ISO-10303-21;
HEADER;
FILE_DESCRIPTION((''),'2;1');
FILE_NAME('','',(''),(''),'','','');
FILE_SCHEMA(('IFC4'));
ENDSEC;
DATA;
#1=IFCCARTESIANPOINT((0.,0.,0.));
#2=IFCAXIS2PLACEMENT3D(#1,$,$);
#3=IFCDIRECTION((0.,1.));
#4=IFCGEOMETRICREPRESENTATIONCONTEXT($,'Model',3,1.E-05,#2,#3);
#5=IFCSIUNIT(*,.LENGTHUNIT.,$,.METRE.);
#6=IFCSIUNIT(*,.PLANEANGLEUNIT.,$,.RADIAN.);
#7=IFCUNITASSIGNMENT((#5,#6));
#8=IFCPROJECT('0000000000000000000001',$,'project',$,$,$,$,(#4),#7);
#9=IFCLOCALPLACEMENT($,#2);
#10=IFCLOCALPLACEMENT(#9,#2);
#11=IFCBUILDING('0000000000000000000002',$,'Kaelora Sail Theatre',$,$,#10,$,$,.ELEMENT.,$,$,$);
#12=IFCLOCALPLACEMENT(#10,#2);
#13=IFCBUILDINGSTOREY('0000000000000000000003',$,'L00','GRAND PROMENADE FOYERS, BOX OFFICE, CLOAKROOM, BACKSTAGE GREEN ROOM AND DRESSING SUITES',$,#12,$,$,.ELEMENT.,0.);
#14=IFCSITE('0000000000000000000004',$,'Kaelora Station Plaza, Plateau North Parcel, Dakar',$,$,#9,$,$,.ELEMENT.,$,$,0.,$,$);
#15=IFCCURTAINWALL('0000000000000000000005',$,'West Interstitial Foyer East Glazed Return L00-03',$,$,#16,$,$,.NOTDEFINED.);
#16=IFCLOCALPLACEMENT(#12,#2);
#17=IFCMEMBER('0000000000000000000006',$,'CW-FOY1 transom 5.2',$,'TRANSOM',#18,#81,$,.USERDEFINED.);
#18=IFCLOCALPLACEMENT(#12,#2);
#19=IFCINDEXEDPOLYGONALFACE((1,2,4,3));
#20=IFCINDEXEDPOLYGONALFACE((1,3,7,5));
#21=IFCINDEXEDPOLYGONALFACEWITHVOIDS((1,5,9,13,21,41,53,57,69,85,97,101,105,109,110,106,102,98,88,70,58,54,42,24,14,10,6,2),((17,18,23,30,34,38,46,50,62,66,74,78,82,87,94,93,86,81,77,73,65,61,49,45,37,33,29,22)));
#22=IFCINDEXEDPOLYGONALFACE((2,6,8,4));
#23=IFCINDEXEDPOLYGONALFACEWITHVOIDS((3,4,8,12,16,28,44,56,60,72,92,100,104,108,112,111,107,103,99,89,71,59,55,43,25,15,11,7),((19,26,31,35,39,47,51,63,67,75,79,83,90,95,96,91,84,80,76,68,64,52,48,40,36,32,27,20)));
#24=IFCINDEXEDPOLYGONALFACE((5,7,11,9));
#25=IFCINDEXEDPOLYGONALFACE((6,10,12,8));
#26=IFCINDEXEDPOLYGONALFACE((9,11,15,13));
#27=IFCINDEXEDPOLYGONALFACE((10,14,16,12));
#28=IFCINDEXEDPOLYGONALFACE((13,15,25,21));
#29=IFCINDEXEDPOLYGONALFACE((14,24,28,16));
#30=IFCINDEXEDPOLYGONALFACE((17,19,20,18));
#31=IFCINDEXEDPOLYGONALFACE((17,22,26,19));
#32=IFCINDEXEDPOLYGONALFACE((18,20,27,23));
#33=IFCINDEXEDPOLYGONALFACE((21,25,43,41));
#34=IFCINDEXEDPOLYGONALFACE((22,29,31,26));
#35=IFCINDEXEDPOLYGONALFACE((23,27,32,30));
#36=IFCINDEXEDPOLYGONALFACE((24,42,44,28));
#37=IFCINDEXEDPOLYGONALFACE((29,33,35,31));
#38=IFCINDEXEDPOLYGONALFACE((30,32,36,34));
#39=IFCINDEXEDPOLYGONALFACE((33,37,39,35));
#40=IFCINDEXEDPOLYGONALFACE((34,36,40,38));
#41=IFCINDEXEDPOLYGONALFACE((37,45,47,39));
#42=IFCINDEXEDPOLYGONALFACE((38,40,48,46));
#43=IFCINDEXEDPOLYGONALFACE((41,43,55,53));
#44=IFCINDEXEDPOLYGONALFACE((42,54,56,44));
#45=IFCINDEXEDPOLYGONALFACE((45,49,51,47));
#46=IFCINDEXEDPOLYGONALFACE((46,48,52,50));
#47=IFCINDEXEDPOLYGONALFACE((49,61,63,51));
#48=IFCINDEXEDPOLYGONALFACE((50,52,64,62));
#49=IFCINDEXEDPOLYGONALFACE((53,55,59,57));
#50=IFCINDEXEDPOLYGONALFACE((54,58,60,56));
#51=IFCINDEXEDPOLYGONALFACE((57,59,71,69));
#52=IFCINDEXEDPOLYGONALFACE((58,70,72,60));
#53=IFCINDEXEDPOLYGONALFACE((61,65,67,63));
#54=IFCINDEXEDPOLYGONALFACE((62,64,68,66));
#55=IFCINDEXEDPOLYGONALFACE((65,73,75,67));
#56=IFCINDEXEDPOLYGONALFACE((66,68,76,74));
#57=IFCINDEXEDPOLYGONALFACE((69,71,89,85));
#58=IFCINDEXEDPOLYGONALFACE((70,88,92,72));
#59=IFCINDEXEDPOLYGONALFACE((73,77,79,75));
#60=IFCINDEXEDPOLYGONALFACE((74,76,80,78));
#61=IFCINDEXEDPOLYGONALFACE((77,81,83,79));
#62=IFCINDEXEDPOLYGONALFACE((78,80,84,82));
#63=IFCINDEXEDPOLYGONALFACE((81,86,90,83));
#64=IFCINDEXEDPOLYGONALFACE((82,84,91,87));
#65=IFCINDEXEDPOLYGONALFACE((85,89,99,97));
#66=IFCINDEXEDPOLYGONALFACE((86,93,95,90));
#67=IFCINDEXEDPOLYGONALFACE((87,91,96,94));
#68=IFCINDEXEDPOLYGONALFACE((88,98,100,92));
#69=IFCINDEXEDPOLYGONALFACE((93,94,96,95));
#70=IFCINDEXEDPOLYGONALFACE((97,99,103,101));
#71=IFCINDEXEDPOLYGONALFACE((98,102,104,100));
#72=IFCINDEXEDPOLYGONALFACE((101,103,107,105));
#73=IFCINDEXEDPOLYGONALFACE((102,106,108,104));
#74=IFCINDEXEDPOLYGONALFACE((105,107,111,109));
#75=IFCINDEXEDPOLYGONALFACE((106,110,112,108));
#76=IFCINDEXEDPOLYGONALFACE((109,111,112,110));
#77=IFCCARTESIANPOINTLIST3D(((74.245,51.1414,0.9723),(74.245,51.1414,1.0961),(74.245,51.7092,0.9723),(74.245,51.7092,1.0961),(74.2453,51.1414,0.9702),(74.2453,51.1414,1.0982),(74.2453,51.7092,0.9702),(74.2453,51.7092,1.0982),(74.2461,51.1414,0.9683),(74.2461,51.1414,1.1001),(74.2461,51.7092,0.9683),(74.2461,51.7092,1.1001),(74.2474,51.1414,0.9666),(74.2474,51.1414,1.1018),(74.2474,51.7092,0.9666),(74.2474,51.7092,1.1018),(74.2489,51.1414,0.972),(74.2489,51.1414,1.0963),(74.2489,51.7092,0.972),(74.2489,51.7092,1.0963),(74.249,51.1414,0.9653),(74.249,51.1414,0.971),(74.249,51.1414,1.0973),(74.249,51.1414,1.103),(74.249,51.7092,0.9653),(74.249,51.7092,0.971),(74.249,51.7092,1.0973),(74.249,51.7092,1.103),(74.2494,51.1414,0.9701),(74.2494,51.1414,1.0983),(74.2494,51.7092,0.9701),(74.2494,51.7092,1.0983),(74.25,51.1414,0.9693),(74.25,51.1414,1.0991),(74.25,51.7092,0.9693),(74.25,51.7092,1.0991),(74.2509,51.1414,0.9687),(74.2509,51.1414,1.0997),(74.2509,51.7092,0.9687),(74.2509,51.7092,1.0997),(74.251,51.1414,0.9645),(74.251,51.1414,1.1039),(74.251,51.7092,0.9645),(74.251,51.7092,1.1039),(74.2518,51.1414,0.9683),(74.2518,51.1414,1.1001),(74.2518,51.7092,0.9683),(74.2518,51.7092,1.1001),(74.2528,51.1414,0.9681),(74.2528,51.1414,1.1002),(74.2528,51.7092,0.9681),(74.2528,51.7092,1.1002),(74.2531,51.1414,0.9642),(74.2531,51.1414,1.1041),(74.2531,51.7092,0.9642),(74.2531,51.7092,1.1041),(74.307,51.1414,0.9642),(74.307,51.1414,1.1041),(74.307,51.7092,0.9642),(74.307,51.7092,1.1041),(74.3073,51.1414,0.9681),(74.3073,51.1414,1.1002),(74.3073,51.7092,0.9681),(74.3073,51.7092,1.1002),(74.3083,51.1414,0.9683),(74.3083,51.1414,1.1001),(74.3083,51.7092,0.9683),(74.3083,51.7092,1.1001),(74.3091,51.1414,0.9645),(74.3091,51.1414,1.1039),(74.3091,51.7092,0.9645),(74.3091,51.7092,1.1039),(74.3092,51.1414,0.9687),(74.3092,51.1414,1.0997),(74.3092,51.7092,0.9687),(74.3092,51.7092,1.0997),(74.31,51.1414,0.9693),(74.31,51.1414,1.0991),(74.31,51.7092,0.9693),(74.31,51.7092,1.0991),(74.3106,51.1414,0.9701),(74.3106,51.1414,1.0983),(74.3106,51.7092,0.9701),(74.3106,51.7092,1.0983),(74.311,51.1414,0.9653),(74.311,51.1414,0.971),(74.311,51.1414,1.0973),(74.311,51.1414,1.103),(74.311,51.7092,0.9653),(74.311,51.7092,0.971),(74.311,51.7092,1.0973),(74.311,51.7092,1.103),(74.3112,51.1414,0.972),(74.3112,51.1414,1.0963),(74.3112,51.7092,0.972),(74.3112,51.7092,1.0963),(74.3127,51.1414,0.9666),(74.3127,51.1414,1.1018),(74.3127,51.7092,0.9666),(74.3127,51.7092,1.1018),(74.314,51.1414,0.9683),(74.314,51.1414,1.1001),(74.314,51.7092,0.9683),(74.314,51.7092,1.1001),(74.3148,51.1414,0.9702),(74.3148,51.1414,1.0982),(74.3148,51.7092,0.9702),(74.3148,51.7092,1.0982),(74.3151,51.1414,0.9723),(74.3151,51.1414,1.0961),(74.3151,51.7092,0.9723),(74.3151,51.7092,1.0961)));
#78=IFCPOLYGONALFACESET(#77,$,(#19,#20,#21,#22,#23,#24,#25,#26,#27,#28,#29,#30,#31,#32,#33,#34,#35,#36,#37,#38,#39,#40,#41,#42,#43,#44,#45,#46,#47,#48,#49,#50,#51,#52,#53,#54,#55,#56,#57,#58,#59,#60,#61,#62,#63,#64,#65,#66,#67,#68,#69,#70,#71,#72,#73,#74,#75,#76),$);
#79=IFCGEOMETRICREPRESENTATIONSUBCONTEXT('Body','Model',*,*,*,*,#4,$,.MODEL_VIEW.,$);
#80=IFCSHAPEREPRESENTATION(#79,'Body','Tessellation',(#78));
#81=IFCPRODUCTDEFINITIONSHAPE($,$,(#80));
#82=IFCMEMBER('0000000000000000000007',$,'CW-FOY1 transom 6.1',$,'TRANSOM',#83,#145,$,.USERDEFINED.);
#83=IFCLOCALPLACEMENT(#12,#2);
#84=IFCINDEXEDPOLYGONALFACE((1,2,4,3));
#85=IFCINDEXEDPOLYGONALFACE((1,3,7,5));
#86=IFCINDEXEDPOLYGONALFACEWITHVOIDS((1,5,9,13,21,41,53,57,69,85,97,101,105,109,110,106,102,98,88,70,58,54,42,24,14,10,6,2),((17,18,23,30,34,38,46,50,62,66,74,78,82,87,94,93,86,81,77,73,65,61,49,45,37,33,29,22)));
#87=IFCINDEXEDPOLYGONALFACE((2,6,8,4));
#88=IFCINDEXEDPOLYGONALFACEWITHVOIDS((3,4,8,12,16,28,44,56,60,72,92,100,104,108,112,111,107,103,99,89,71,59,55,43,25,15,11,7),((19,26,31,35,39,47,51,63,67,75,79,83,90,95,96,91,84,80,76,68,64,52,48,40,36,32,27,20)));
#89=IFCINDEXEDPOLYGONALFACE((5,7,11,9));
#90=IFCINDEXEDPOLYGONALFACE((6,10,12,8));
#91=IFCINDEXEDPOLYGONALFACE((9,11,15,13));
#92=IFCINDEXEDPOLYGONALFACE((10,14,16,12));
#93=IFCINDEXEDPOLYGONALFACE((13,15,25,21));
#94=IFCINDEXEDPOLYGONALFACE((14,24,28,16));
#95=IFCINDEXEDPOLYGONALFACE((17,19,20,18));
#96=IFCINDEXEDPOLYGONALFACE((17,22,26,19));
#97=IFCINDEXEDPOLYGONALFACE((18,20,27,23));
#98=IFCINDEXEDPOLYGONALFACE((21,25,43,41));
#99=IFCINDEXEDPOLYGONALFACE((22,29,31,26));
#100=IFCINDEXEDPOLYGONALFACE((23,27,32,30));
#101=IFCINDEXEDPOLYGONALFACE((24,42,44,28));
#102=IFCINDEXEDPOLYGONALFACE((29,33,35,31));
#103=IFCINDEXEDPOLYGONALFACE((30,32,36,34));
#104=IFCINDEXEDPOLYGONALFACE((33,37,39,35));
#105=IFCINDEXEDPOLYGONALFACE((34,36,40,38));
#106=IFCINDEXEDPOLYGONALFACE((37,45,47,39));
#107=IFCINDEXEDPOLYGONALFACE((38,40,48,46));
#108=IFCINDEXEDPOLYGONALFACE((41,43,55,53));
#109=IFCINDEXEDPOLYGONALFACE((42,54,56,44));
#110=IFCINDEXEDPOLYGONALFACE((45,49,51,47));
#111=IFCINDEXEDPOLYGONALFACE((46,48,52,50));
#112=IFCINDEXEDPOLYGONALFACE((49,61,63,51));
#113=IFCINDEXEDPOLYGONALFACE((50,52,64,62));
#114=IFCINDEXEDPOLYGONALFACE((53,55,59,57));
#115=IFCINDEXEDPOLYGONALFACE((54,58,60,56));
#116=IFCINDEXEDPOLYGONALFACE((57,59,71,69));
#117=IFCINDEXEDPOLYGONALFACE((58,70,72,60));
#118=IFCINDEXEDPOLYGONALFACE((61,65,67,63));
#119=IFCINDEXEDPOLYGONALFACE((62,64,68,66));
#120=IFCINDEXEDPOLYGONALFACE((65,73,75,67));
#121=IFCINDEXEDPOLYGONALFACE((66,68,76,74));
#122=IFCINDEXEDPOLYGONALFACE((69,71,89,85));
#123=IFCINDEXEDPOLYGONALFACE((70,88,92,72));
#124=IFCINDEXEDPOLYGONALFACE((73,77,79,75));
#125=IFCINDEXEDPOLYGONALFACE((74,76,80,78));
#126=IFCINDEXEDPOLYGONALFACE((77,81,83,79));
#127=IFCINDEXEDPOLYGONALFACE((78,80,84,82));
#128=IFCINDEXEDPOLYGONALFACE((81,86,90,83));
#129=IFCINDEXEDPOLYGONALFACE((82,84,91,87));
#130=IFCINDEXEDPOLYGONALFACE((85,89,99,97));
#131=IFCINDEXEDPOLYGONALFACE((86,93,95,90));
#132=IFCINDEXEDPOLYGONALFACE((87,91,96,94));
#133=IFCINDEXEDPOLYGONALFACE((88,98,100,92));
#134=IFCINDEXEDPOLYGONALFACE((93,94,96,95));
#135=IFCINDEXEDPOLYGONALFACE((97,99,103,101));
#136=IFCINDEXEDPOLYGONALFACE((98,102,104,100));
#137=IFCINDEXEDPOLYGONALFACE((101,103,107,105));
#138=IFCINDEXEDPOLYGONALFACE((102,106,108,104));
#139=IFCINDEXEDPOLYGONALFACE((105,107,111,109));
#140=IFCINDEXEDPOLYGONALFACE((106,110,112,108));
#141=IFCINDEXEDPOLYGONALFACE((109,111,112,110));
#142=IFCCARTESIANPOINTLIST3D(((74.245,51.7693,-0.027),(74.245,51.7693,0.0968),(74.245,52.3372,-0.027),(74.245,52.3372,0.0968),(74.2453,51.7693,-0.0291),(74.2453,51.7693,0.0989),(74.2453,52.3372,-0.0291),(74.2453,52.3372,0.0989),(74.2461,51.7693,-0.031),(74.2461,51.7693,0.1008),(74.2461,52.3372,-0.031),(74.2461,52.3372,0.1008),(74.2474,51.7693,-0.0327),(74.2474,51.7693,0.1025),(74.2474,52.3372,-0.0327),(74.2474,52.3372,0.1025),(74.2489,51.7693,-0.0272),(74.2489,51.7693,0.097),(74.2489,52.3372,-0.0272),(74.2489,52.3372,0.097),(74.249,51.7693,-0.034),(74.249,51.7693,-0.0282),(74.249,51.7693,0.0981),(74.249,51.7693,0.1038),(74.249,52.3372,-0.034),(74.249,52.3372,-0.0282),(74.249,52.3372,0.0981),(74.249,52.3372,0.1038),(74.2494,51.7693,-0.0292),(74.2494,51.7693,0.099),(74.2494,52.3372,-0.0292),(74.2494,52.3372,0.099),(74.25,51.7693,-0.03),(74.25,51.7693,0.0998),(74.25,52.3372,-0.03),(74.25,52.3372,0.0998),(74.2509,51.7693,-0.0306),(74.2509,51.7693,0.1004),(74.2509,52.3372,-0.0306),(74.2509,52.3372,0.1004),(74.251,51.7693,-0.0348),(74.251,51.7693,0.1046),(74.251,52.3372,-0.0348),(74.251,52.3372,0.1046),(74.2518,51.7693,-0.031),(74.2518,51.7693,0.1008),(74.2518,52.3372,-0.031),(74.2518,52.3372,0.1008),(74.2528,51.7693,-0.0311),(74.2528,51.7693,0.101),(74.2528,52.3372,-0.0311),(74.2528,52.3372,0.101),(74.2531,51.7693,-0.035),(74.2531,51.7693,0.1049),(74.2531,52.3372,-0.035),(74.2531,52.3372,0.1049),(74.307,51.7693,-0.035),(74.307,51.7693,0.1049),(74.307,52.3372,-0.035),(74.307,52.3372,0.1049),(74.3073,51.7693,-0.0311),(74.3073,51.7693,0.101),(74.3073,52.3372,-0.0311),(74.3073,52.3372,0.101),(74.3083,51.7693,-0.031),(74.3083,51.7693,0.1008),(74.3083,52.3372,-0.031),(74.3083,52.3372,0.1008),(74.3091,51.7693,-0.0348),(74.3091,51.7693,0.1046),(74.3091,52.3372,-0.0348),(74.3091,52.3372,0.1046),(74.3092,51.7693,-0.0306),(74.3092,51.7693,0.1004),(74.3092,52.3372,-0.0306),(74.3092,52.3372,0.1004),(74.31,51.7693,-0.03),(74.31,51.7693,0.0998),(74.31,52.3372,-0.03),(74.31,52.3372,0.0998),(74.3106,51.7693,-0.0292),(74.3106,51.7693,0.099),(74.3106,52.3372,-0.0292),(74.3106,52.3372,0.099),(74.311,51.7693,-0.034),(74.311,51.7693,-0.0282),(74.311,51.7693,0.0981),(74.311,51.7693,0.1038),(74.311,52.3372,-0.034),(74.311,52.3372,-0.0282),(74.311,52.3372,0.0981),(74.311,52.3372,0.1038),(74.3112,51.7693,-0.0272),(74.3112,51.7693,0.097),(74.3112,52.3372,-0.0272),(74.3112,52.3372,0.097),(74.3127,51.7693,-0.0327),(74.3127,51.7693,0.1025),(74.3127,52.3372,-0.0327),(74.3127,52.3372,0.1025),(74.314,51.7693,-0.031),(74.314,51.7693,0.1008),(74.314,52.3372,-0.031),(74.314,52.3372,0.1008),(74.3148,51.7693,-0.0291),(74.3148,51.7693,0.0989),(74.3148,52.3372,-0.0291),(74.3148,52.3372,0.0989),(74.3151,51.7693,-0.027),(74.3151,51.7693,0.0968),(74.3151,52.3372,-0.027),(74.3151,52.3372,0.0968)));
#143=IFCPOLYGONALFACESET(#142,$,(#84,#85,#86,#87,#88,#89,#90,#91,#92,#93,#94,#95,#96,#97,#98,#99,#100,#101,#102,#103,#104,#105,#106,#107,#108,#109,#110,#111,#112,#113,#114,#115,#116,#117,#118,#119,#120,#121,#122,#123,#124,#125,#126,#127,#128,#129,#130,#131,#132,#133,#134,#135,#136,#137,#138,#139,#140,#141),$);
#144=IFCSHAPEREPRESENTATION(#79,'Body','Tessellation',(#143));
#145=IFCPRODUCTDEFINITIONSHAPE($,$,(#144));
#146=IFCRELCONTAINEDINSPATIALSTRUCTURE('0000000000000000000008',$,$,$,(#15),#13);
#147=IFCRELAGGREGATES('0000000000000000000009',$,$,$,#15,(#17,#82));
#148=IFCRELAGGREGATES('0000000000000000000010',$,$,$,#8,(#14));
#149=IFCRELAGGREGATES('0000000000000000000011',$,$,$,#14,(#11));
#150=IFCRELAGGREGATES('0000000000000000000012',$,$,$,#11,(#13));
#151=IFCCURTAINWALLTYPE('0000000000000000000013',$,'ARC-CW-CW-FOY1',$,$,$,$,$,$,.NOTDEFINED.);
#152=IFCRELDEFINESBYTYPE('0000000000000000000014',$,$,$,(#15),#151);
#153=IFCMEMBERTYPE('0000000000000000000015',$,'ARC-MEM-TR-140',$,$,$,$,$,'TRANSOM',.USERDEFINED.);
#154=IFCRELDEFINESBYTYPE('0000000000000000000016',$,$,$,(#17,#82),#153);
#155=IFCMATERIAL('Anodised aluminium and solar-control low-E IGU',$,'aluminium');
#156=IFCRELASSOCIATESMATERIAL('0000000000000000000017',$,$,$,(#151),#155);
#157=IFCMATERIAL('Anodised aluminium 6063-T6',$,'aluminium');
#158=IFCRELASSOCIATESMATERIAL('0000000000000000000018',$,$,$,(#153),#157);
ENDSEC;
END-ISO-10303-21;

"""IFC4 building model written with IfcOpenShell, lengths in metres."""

from ifc_helpers import new_model, si_unit, direction, frame, origin, origin_2d, place, context, subcontext, project, spatial, hollow_rectangle, extrude, material, material_profile, profile_set, type_object, element, aggregate, save


model = new_model("IFC4")

# Units and contexts
model_context = context("Model", 3, precision=1e-05, world=origin(), true_north=direction((0.0, 1.0)))
body_context = subcontext(model_context, "Body", "Model", "MODEL_VIEW")
ifc_project = project(units=[si_unit("LENGTHUNIT", "METRE"), si_unit("PLANEANGLEUNIT", "RADIAN")], contexts=[model_context])

# Site, building, storey
site_placement = place(None, origin())
site = spatial("IfcSite", under=ifc_project, at=site_placement, Name="Kaelora Station Plaza, Plateau North Parcel, Dakar", CompositionType="ELEMENT", RefElevation=0.0)
building_placement = place(site_placement, origin())
building = spatial("IfcBuilding", under=site, at=building_placement, Name="Kaelora Sail Theatre", CompositionType="ELEMENT")
storey_placement = place(building_placement, origin())
storey = spatial("IfcBuildingStorey", under=building, at=storey_placement, Name="L00", Description="GRAND PROMENADE FOYERS, BOX OFFICE, CLOAKROOM, BACKSTAGE GREEN ROOM AND DRESSING SUITES", CompositionType="ELEMENT", Elevation=0.0)

# Curtain wall
ifc_material_1 = material(Name="Anodised aluminium and solar-control low-E IGU", Category="aluminium")
curtain_wall_type = type_object("IfcCurtainWallType", Name="ARC-CW-CW-FOY1", PredefinedType="NOTDEFINED", material=ifc_material_1)
curtain_wall_placement = place(storey_placement, origin())
curtain_wall = element("IfcCurtainWall", 1, at=curtain_wall_placement, inside=storey, type_object=curtain_wall_type, Name="West Interstitial Foyer East Glazed Return L00-03", PredefinedType="NOTDEFINED")

# Members
ifc_material_2 = material(Name="Anodised aluminium 6063-T6", Category="aluminium")
ifc_material_profile_1 = material_profile(ifc_material_2, hollow_rectangle(XDim=0.0701, YDim=0.1399, WallThickness=0.0039, InnerFilletRadius=0.0039, OuterFilletRadius=0.0081, at=origin_2d()), Name="ALU-TRAN 70x140x4")
ifc_profile_set_1 = profile_set([ifc_material_profile_1], Name="Anodised aluminium 6063-T6")
member_type_1 = type_object("IfcMemberType", Name="ARC-MEM-TR-140", ElementType="TRANSOM", PredefinedType="USERDEFINED", material=ifc_profile_set_1)
member_1_placement = place(storey_placement, frame((74.28, 51.1414, 1.0342), z_axis=(0.0, 1.0, 0.0), x_axis=(-1.0, 0.0, 0.0)))
member_1 = element("IfcMember", 2, at=member_1_placement, type_object=member_type_1, Name="CW-FOY1 transom 5.2", ObjectType="TRANSOM", PredefinedType="USERDEFINED", context=body_context, shape_type="SweptSolid", body=[
    extrude(hollow_rectangle(XDim=0.0701, YDim=0.1399, WallThickness=0.0039, InnerFilletRadius=0.0039, OuterFilletRadius=0.0081, at=origin_2d()), origin(), (0.0, 0.0, 1.0), 0.5679),
])
member_2_placement = place(storey_placement, frame((74.28, 51.7693, 0.0349), z_axis=(0.0, 1.0, 0.0), x_axis=(-1.0, 0.0, 0.0)))
member_2 = element("IfcMember", 3, at=member_2_placement, type_object=member_type_1, Name="CW-FOY1 transom 6.1", ObjectType="TRANSOM", PredefinedType="USERDEFINED", context=body_context, shape_type="SweptSolid", body=[
    extrude(hollow_rectangle(XDim=0.0701, YDim=0.1399, WallThickness=0.0039, InnerFilletRadius=0.0039, OuterFilletRadius=0.0081, at=origin_2d()), origin(), (0.0, 0.0, 1.0), 0.5679),
])

aggregate(curtain_wall, [member_1, member_2])

save(model, "model.ifc")
